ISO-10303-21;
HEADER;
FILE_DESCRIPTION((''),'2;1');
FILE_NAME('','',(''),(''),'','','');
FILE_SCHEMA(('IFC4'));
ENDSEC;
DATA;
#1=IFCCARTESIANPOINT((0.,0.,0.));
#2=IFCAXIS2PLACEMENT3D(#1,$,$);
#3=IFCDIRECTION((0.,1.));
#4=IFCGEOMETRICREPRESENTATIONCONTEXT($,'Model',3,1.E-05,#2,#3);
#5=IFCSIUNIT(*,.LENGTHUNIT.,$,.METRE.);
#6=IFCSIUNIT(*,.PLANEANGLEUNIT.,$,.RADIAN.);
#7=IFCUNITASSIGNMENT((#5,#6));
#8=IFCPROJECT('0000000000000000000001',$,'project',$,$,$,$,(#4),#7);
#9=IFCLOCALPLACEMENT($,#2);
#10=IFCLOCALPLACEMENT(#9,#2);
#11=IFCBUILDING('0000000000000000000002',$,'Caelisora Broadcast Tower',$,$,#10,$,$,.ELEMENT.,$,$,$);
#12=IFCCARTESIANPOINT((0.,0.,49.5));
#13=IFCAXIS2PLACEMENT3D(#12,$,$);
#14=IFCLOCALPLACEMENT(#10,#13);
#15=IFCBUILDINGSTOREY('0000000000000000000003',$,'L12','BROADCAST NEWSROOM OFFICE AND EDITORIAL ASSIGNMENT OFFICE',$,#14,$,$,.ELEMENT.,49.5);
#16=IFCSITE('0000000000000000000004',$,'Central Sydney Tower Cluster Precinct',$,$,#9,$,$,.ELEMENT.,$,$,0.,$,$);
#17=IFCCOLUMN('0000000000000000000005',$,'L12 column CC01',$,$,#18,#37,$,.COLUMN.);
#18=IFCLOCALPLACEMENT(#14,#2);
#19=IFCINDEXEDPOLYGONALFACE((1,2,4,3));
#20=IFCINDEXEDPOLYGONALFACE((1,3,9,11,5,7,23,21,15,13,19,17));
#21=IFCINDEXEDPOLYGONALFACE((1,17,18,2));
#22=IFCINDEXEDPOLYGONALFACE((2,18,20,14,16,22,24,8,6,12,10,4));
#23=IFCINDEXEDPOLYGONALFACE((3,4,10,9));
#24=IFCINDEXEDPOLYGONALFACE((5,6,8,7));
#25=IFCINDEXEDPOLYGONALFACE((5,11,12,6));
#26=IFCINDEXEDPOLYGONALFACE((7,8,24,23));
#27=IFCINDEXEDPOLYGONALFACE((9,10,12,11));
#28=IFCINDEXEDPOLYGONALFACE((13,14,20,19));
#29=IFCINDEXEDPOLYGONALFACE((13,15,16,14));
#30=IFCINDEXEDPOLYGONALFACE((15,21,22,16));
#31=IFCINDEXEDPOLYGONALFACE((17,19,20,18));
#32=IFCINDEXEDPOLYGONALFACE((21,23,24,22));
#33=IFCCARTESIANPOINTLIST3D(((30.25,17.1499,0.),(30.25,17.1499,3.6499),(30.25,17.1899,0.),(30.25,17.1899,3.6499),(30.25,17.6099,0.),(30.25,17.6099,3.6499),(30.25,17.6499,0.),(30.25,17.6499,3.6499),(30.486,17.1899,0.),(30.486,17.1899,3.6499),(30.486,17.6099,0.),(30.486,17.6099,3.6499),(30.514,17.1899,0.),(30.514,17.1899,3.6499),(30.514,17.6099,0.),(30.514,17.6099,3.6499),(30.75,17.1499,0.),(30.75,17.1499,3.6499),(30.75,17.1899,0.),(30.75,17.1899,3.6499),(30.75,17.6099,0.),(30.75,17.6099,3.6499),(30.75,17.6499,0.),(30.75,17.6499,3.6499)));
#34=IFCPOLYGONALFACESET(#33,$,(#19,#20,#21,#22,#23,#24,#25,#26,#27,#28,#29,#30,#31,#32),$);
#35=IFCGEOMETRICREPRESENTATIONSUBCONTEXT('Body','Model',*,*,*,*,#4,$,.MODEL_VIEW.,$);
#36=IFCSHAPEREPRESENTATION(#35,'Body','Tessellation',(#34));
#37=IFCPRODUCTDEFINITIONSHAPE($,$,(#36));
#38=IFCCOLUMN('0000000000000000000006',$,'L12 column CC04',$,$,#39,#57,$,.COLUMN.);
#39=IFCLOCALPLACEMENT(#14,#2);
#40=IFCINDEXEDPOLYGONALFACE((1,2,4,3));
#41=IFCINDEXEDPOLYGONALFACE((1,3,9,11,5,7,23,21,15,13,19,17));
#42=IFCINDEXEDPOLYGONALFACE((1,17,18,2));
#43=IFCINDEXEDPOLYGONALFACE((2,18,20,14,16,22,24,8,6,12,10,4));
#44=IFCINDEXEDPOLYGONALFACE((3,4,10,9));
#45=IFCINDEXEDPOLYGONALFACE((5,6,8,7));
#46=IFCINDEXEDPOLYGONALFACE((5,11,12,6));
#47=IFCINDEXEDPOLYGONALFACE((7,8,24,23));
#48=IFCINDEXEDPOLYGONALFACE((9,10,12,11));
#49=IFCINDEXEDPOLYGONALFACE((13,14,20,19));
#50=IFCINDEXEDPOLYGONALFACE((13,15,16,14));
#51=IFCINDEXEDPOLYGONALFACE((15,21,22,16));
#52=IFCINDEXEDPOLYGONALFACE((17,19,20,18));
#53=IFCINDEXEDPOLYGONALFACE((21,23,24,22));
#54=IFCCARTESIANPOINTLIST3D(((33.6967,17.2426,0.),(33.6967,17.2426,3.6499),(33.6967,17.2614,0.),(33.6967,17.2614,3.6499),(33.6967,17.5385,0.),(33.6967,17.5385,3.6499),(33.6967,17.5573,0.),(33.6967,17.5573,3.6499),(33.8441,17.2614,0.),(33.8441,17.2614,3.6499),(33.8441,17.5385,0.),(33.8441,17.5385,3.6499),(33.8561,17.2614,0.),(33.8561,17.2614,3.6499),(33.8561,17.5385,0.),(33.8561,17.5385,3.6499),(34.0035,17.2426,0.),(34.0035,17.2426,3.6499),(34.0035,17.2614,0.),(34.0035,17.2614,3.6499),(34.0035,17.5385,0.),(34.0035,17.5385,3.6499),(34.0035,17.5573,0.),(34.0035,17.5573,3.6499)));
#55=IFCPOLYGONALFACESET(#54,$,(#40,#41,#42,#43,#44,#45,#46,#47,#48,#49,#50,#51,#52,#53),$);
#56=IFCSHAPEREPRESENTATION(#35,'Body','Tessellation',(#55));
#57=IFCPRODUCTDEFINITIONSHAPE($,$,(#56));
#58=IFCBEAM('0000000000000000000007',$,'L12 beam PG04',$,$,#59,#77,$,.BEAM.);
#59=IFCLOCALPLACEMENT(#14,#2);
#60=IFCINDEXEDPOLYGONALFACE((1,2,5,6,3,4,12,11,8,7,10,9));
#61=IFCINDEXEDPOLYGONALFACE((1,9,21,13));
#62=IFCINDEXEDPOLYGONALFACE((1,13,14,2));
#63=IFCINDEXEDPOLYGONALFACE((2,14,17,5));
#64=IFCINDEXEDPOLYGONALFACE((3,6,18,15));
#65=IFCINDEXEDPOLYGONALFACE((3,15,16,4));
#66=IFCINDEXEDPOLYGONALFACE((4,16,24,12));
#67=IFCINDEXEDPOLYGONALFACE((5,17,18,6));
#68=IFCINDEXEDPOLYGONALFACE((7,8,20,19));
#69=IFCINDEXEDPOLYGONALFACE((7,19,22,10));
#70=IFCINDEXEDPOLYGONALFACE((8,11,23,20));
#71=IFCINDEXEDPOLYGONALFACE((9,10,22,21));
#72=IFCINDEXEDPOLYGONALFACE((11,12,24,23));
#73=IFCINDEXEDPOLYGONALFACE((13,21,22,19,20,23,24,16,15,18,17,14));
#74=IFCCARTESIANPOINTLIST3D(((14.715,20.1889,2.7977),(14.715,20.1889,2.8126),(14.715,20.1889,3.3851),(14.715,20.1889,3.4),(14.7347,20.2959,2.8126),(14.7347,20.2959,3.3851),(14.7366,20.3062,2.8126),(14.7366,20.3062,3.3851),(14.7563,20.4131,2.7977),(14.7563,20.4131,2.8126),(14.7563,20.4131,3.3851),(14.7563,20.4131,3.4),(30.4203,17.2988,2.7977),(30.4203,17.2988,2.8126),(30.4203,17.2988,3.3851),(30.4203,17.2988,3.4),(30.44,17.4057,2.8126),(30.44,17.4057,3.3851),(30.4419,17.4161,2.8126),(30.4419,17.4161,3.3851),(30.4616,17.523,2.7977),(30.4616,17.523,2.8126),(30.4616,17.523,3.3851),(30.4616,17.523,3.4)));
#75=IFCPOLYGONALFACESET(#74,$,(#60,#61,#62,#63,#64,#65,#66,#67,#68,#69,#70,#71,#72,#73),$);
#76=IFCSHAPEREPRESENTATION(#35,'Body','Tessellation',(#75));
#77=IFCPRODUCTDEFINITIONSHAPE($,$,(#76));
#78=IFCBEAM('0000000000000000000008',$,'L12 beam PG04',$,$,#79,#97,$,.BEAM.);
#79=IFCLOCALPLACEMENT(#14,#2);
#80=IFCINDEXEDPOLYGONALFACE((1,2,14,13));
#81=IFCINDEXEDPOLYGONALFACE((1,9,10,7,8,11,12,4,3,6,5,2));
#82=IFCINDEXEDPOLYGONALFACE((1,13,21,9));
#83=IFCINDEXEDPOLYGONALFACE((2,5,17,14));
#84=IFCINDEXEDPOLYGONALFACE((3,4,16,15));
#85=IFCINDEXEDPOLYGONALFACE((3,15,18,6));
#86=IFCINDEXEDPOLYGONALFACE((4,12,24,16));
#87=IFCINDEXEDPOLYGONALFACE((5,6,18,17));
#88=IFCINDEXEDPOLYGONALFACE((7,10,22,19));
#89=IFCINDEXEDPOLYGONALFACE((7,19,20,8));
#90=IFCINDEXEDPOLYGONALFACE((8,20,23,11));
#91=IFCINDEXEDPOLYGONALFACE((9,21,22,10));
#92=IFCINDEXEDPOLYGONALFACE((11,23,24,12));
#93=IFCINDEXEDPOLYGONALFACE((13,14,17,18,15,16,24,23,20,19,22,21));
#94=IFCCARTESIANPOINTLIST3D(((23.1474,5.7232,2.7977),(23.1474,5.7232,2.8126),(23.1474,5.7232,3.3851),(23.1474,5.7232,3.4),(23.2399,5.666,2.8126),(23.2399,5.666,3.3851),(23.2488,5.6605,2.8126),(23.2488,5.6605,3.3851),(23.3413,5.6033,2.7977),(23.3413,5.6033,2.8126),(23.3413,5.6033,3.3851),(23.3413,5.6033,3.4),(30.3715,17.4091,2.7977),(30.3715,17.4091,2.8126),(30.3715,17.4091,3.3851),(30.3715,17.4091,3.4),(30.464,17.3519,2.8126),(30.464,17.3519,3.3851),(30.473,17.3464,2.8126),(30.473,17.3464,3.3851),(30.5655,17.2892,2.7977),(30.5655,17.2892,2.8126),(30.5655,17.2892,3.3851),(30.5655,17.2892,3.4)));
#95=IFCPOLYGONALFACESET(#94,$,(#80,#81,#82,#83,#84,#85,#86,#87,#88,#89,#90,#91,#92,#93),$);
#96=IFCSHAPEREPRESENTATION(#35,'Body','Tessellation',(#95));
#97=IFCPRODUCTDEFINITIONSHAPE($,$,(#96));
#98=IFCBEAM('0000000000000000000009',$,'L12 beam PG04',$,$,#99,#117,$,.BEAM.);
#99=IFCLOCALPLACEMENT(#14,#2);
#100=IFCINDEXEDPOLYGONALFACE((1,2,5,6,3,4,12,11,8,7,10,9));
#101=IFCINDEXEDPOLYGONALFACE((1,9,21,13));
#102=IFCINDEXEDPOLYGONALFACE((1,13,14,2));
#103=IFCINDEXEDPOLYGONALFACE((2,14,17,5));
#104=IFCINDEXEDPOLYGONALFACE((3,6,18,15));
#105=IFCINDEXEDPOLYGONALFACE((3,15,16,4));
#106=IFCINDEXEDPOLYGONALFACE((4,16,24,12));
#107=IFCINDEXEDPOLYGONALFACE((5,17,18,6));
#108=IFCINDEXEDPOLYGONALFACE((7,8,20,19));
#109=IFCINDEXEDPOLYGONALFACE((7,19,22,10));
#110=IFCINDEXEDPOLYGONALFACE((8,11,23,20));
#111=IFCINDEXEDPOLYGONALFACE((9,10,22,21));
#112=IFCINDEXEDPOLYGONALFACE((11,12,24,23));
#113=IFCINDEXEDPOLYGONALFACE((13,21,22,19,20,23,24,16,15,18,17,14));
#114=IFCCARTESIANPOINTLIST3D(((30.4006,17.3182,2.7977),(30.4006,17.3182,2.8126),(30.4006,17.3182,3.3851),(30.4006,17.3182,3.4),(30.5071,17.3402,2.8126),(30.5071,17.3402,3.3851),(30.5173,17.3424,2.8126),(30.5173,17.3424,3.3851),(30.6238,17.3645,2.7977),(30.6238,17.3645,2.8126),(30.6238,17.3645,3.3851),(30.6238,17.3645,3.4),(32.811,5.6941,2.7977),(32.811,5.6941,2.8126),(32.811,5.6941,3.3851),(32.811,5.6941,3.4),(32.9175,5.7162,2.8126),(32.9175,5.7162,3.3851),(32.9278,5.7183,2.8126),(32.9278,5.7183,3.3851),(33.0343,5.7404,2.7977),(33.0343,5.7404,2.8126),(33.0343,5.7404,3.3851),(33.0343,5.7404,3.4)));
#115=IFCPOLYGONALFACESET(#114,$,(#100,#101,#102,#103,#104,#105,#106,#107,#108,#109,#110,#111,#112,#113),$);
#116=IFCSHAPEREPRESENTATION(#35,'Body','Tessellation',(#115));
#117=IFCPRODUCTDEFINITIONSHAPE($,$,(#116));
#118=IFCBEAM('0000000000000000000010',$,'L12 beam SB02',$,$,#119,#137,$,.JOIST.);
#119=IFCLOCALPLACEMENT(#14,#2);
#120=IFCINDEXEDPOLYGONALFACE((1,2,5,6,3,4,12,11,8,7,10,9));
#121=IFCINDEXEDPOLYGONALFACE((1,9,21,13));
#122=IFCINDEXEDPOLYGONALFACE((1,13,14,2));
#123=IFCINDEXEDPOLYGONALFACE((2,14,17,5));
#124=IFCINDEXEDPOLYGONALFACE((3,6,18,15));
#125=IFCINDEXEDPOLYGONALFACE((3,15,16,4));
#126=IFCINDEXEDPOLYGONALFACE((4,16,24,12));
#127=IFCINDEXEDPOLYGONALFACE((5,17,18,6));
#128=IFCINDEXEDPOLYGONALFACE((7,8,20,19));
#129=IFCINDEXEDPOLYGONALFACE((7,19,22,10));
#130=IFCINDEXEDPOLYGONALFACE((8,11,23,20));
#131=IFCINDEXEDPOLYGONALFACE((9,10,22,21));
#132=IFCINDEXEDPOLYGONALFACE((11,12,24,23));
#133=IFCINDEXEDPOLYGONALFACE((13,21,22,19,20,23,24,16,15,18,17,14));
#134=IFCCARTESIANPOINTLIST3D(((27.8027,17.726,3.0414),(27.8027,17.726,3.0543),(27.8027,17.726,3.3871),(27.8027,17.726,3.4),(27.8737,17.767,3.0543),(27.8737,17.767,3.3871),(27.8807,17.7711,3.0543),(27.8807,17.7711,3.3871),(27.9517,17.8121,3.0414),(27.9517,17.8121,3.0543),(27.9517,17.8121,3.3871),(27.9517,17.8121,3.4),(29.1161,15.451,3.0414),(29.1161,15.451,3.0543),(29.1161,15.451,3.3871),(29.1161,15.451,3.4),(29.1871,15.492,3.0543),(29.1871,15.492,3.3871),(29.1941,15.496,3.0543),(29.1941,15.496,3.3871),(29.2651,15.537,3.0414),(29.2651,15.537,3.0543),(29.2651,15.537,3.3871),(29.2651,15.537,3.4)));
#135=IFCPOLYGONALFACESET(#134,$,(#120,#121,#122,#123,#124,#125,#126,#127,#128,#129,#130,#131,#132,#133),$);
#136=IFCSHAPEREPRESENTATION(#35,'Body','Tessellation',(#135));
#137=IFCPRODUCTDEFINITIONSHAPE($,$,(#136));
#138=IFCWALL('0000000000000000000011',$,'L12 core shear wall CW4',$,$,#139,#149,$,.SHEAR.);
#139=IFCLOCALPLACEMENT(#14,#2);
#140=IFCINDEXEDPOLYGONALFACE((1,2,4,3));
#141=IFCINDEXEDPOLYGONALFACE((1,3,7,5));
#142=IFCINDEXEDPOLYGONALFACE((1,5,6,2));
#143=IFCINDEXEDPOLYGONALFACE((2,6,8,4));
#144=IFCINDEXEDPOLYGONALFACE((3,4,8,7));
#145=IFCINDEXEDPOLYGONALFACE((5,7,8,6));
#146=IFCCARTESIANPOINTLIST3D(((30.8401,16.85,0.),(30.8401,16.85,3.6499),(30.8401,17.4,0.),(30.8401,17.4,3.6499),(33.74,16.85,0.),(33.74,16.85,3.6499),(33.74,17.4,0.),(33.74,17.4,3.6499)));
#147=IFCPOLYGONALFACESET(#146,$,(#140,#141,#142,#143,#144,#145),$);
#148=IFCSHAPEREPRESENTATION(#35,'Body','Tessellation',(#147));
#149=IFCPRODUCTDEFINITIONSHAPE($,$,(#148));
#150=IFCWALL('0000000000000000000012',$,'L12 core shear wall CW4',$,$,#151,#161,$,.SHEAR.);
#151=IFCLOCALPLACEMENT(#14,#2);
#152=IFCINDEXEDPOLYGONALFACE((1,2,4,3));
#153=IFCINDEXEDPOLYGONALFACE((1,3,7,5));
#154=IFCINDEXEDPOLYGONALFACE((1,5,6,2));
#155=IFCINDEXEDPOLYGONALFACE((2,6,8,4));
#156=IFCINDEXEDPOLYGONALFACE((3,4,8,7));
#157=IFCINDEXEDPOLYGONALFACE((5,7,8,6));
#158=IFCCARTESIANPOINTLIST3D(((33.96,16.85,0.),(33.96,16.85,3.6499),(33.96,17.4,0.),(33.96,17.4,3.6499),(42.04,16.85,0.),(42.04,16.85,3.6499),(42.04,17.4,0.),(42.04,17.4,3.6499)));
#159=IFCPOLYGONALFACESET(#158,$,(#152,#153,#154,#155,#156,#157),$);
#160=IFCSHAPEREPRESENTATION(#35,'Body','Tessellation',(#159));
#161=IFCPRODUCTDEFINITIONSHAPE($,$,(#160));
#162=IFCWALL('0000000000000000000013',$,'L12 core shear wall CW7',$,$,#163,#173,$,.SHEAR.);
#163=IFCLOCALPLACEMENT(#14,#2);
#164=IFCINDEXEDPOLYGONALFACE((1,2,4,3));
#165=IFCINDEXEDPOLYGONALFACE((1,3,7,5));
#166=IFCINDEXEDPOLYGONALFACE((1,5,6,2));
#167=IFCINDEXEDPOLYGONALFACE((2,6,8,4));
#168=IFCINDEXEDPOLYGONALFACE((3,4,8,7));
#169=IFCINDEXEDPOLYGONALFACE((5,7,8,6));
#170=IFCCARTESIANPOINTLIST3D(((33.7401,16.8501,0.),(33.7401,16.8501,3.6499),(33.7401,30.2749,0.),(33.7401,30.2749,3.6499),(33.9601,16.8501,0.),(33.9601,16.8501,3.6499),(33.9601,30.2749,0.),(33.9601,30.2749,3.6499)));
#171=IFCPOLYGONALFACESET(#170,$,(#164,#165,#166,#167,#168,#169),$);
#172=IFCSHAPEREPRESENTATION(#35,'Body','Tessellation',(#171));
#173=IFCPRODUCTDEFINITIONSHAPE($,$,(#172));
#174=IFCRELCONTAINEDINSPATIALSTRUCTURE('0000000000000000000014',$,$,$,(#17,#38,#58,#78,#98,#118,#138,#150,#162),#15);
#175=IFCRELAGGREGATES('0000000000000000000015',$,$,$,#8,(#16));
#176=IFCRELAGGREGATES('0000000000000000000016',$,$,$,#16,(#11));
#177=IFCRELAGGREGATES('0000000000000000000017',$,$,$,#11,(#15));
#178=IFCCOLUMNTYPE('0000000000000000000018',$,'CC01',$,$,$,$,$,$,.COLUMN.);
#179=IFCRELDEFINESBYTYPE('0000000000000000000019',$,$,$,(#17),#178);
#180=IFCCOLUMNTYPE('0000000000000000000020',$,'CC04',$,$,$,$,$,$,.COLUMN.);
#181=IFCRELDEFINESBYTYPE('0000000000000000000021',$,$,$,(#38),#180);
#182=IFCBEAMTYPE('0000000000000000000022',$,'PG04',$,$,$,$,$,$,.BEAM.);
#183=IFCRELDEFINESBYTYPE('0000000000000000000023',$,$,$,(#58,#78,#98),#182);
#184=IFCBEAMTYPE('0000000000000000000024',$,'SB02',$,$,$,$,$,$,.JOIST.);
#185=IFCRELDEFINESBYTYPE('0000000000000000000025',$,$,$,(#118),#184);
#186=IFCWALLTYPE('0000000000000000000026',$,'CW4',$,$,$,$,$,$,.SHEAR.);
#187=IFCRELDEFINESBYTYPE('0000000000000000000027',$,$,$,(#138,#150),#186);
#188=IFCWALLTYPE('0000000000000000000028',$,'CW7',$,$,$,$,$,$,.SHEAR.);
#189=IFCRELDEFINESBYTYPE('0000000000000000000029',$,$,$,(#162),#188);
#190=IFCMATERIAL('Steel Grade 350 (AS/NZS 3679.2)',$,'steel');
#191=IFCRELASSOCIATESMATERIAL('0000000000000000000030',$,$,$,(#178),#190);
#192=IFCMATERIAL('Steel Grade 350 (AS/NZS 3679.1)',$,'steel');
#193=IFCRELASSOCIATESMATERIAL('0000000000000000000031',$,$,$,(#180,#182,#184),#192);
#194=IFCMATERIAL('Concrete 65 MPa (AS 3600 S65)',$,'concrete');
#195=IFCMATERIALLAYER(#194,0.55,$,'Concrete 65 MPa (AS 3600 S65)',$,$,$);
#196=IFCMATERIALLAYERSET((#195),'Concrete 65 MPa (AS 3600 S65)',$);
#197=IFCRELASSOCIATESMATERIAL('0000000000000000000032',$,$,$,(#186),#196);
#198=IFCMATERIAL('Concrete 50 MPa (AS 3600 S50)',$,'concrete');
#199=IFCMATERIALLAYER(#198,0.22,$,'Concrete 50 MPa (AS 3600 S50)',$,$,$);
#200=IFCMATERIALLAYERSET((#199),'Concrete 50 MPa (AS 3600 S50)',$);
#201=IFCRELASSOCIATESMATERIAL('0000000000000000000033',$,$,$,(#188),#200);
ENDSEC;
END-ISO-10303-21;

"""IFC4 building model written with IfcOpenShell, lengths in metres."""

from ifc_helpers import new_model, si_unit, direction, frame, frame_2d, origin, origin_2d, place, context, subcontext, project, spatial, rectangle, i_section, extrude, source, transform, mapped, material, layer, layer_set, material_profile, profile_set, type_object, type_shapes, element, save


model = new_model("IFC4")

# Units and contexts
model_context = context("Model", 3, precision=1e-05, world=origin(), true_north=direction((0.0, 1.0)))
body_context = subcontext(model_context, "Body", "Model", "MODEL_VIEW")
ifc_project = project(units=[si_unit("LENGTHUNIT", "METRE"), si_unit("PLANEANGLEUNIT", "RADIAN")], contexts=[model_context])

# Site, building, storey
site_placement = place(None, origin())
site = spatial("IfcSite", under=ifc_project, at=site_placement, Name="Central Sydney Tower Cluster Precinct", CompositionType="ELEMENT", RefElevation=0.0)
building_placement = place(site_placement, origin())
building = spatial("IfcBuilding", under=site, at=building_placement, Name="Caelisora Broadcast Tower", CompositionType="ELEMENT")
storey_placement = place(building_placement, frame((0.0, 0.0, 49.5)))
storey = spatial("IfcBuildingStorey", under=building, at=storey_placement, Name="L12", Description="BROADCAST NEWSROOM OFFICE AND EDITORIAL ASSIGNMENT OFFICE", CompositionType="ELEMENT", Elevation=49.5)

# Columns
ifc_material_1 = material(Name="Steel Grade 350 (AS/NZS 3679.2)", Category="steel")
ifc_material_profile_1 = material_profile(ifc_material_1, i_section(OverallWidth=0.5, OverallDepth=0.5, WebThickness=0.0281, FlangeThickness=0.04, at=origin_2d()), Name="Steel Grade 350 (AS/NZS 3679.2)")
ifc_profile_set_1 = profile_set([ifc_material_profile_1], Name="Steel Grade 350 (AS/NZS 3679.2)")
column_type_1 = type_object("IfcColumnType", Name="CC01", PredefinedType="COLUMN", material=ifc_profile_set_1)
shared_shape_1 = source(origin(), body_context, "Body", "SweptSolid", [
    extrude(i_section(OverallWidth=0.5, OverallDepth=0.5, WebThickness=0.0281, FlangeThickness=0.04, at=origin_2d()), origin(), (0.0, 0.0, 1.0), 3.6499),
])
type_shapes(column_type_1, [shared_shape_1])
column_1_placement = place(storey_placement, frame((30.5, 17.3999, 0.0), z_axis=(0.0, 0.0, 1.0), x_axis=(1.0, 0.0, 0.0)))
element("IfcColumn", 1, at=column_1_placement, inside=storey, type_object=column_type_1, Name="L12 column CC01", PredefinedType="COLUMN", context=body_context, shape_type="MappedRepresentation", body=[
    mapped(shared_shape_1, transform((0.0, 0.0, 0.0), scale=1.0)),
])
ifc_material_2 = material(Name="Steel Grade 350 (AS/NZS 3679.1)", Category="steel")
ifc_material_profile_2 = material_profile(ifc_material_2, i_section(OverallWidth=0.3069, OverallDepth=0.3147, WebThickness=0.012, FlangeThickness=0.0188, at=origin_2d()), Name="Steel Grade 350 (AS/NZS 3679.1)")
ifc_profile_set_2 = profile_set([ifc_material_profile_2], Name="Steel Grade 350 (AS/NZS 3679.1)")
column_type_2 = type_object("IfcColumnType", Name="CC04", PredefinedType="COLUMN", material=ifc_profile_set_2)
shared_shape_2 = source(origin(), body_context, "Body", "SweptSolid", [
    extrude(i_section(OverallWidth=0.3069, OverallDepth=0.3147, WebThickness=0.012, FlangeThickness=0.0188, at=origin_2d()), origin(), (0.0, 0.0, 1.0), 3.6499),
])
type_shapes(column_type_2, [shared_shape_2])
column_2_placement = place(storey_placement, frame((33.8501, 17.3999, 0.0), z_axis=(0.0, 0.0, 1.0), x_axis=(1.0, 0.0, 0.0)))
element("IfcColumn", 2, at=column_2_placement, inside=storey, type_object=column_type_2, Name="L12 column CC04", PredefinedType="COLUMN", context=body_context, shape_type="MappedRepresentation", body=[
    mapped(shared_shape_2, transform((0.0, 0.0, 0.0), scale=1.0)),
])

# Beams
ifc_material_profile_3 = material_profile(ifc_material_2, i_section(OverallWidth=0.228, OverallDepth=0.6023, WebThickness=0.0105, FlangeThickness=0.0149, at=origin_2d()), Name="Steel Grade 350 (AS/NZS 3679.1)")
ifc_profile_set_3 = profile_set([ifc_material_profile_3], Name="Steel Grade 350 (AS/NZS 3679.1)")
beam_type_1 = type_object("IfcBeamType", Name="PG04", PredefinedType="BEAM", material=ifc_profile_set_3)
shared_shape_3 = source(origin(), body_context, "Body", "SweptSolid", [
    extrude(i_section(OverallWidth=0.228, OverallDepth=0.6023, WebThickness=0.0105, FlangeThickness=0.0149, at=origin_2d()), origin(), (0.0, 0.0, 1.0), 15.969),
])
beam_1_placement = place(storey_placement, frame((30.4409, 17.4109, 3.0989), z_axis=(-0.983486, 0.180984, 0.0), x_axis=(-0.180984, -0.983486, 0.0)))
element("IfcBeam", 3, at=beam_1_placement, inside=storey, type_object=beam_type_1, Name="L12 beam PG04", PredefinedType="BEAM", context=body_context, shape_type="MappedRepresentation", body=[
    mapped(shared_shape_3, transform((0.0, 0.0, 0.0), scale=1.0)),
])
shared_shape_4 = source(origin(), body_context, "Body", "SweptSolid", [
    extrude(i_section(OverallWidth=0.228, OverallDepth=0.6023, WebThickness=0.0105, FlangeThickness=0.0149, at=origin_2d()), origin(), (0.0, 0.0, 1.0), 13.7385),
])
beam_2_placement = place(storey_placement, frame((30.4685, 17.3491, 3.0989), z_axis=(-0.525831, -0.850589, 0.0), x_axis=(0.850589, -0.525831, 0.0)))
element("IfcBeam", 4, at=beam_2_placement, inside=storey, type_object=beam_type_1, Name="L12 beam PG04", PredefinedType="BEAM", context=body_context, shape_type="MappedRepresentation", body=[
    mapped(shared_shape_4, transform((0.0, 0.0, 0.0), scale=1.0)),
])
shared_shape_5 = source(origin(), body_context, "Body", "SweptSolid", [
    extrude(i_section(OverallWidth=0.228, OverallDepth=0.6023, WebThickness=0.0105, FlangeThickness=0.0149, at=origin_2d()), origin(), (0.0, 0.0, 1.0), 11.8713),
])
type_shapes(beam_type_1, [shared_shape_3, shared_shape_4, shared_shape_5])
beam_3_placement = place(storey_placement, frame((30.5122, 17.3413, 3.0989), z_axis=(0.203044, -0.97917, 0.0), x_axis=(0.97917, 0.203044, 0.0)))
element("IfcBeam", 5, at=beam_3_placement, inside=storey, type_object=beam_type_1, Name="L12 beam PG04", PredefinedType="BEAM", context=body_context, shape_type="MappedRepresentation", body=[
    mapped(shared_shape_5, transform((0.0, 0.0, 0.0), scale=1.0)),
])
ifc_material_profile_4 = material_profile(ifc_material_2, i_section(OverallWidth=0.1721, OverallDepth=0.3586, WebThickness=0.0081, FlangeThickness=0.0129, at=origin_2d()), Name="Steel Grade 350 (AS/NZS 3679.1)")
ifc_profile_set_4 = profile_set([ifc_material_profile_4], Name="Steel Grade 350 (AS/NZS 3679.1)")
beam_type_2 = type_object("IfcBeamType", Name="SB02", PredefinedType="JOIST", material=ifc_profile_set_4)
shared_shape_6 = source(origin(), body_context, "Body", "SweptSolid", [
    extrude(i_section(OverallWidth=0.1721, OverallDepth=0.3586, WebThickness=0.0081, FlangeThickness=0.0129, at=origin_2d()), origin(), (0.0, 0.0, 1.0), 2.627),
])
type_shapes(beam_type_2, [shared_shape_6])
beam_4_placement = place(storey_placement, frame((27.8772, 17.769, 3.2207), z_axis=(0.499977, -0.866039, 0.0), x_axis=(0.866039, 0.499977, 0.0)))
element("IfcBeam", 6, at=beam_4_placement, inside=storey, type_object=beam_type_2, Name="L12 beam SB02", PredefinedType="JOIST", context=body_context, shape_type="MappedRepresentation", body=[
    mapped(shared_shape_6, transform((0.0, 0.0, 0.0), scale=1.0)),
])

# Shared definitions
ifc_material_3 = material(Name="Concrete 65 MPa (AS 3600 S65)", Category="concrete")

# Walls
ifc_layer_1 = layer(ifc_material_3, 0.55, Name="Concrete 65 MPa (AS 3600 S65)")
ifc_layer_set_1 = layer_set([ifc_layer_1], Name="Concrete 65 MPa (AS 3600 S65)")
wall_type_1 = type_object("IfcWallType", Name="CW4", PredefinedType="SHEAR", material=ifc_layer_set_1)
wall_1_placement = place(storey_placement, frame((30.8401, 17.125, 0.0), z_axis=(0.0, 0.0, 1.0), x_axis=(1.0, 0.0, 0.0)))
element("IfcWall", 7, at=wall_1_placement, inside=storey, type_object=wall_type_1, Name="L12 core shear wall CW4", PredefinedType="SHEAR", context=body_context, shape_type="SweptSolid", body=[
    extrude(rectangle(XDim=2.8999, YDim=0.55, at=frame_2d((1.45, 0.0))), origin(), (0.0, 0.0, 1.0), 3.6499),
])
wall_2_placement = place(storey_placement, frame((33.96, 17.125, 0.0), z_axis=(0.0, 0.0, 1.0), x_axis=(1.0, 0.0, 0.0)))
element("IfcWall", 8, at=wall_2_placement, inside=storey, type_object=wall_type_1, Name="L12 core shear wall CW4", PredefinedType="SHEAR", context=body_context, shape_type="SweptSolid", body=[
    extrude(rectangle(XDim=8.0801, YDim=0.55, at=frame_2d((4.04, 0.0))), origin(), (0.0, 0.0, 1.0), 3.6499),
])
ifc_material_4 = material(Name="Concrete 50 MPa (AS 3600 S50)", Category="concrete")
ifc_layer_2 = layer(ifc_material_4, 0.22, Name="Concrete 50 MPa (AS 3600 S50)")
ifc_layer_set_2 = layer_set([ifc_layer_2], Name="Concrete 50 MPa (AS 3600 S50)")
wall_type_2 = type_object("IfcWallType", Name="CW7", PredefinedType="SHEAR", material=ifc_layer_set_2)
wall_3_placement = place(storey_placement, frame((33.8501, 16.8501, 0.0), z_axis=(0.0, 0.0, 1.0), x_axis=(0.0, 1.0, 0.0)))
element("IfcWall", 9, at=wall_3_placement, inside=storey, type_object=wall_type_2, Name="L12 core shear wall CW7", PredefinedType="SHEAR", context=body_context, shape_type="SweptSolid", body=[
    extrude(rectangle(XDim=13.4248, YDim=0.22, at=frame_2d((6.7124, 0.0))), origin(), (0.0, 0.0, 1.0), 3.6499),
])

save(model, "model.ifc")
